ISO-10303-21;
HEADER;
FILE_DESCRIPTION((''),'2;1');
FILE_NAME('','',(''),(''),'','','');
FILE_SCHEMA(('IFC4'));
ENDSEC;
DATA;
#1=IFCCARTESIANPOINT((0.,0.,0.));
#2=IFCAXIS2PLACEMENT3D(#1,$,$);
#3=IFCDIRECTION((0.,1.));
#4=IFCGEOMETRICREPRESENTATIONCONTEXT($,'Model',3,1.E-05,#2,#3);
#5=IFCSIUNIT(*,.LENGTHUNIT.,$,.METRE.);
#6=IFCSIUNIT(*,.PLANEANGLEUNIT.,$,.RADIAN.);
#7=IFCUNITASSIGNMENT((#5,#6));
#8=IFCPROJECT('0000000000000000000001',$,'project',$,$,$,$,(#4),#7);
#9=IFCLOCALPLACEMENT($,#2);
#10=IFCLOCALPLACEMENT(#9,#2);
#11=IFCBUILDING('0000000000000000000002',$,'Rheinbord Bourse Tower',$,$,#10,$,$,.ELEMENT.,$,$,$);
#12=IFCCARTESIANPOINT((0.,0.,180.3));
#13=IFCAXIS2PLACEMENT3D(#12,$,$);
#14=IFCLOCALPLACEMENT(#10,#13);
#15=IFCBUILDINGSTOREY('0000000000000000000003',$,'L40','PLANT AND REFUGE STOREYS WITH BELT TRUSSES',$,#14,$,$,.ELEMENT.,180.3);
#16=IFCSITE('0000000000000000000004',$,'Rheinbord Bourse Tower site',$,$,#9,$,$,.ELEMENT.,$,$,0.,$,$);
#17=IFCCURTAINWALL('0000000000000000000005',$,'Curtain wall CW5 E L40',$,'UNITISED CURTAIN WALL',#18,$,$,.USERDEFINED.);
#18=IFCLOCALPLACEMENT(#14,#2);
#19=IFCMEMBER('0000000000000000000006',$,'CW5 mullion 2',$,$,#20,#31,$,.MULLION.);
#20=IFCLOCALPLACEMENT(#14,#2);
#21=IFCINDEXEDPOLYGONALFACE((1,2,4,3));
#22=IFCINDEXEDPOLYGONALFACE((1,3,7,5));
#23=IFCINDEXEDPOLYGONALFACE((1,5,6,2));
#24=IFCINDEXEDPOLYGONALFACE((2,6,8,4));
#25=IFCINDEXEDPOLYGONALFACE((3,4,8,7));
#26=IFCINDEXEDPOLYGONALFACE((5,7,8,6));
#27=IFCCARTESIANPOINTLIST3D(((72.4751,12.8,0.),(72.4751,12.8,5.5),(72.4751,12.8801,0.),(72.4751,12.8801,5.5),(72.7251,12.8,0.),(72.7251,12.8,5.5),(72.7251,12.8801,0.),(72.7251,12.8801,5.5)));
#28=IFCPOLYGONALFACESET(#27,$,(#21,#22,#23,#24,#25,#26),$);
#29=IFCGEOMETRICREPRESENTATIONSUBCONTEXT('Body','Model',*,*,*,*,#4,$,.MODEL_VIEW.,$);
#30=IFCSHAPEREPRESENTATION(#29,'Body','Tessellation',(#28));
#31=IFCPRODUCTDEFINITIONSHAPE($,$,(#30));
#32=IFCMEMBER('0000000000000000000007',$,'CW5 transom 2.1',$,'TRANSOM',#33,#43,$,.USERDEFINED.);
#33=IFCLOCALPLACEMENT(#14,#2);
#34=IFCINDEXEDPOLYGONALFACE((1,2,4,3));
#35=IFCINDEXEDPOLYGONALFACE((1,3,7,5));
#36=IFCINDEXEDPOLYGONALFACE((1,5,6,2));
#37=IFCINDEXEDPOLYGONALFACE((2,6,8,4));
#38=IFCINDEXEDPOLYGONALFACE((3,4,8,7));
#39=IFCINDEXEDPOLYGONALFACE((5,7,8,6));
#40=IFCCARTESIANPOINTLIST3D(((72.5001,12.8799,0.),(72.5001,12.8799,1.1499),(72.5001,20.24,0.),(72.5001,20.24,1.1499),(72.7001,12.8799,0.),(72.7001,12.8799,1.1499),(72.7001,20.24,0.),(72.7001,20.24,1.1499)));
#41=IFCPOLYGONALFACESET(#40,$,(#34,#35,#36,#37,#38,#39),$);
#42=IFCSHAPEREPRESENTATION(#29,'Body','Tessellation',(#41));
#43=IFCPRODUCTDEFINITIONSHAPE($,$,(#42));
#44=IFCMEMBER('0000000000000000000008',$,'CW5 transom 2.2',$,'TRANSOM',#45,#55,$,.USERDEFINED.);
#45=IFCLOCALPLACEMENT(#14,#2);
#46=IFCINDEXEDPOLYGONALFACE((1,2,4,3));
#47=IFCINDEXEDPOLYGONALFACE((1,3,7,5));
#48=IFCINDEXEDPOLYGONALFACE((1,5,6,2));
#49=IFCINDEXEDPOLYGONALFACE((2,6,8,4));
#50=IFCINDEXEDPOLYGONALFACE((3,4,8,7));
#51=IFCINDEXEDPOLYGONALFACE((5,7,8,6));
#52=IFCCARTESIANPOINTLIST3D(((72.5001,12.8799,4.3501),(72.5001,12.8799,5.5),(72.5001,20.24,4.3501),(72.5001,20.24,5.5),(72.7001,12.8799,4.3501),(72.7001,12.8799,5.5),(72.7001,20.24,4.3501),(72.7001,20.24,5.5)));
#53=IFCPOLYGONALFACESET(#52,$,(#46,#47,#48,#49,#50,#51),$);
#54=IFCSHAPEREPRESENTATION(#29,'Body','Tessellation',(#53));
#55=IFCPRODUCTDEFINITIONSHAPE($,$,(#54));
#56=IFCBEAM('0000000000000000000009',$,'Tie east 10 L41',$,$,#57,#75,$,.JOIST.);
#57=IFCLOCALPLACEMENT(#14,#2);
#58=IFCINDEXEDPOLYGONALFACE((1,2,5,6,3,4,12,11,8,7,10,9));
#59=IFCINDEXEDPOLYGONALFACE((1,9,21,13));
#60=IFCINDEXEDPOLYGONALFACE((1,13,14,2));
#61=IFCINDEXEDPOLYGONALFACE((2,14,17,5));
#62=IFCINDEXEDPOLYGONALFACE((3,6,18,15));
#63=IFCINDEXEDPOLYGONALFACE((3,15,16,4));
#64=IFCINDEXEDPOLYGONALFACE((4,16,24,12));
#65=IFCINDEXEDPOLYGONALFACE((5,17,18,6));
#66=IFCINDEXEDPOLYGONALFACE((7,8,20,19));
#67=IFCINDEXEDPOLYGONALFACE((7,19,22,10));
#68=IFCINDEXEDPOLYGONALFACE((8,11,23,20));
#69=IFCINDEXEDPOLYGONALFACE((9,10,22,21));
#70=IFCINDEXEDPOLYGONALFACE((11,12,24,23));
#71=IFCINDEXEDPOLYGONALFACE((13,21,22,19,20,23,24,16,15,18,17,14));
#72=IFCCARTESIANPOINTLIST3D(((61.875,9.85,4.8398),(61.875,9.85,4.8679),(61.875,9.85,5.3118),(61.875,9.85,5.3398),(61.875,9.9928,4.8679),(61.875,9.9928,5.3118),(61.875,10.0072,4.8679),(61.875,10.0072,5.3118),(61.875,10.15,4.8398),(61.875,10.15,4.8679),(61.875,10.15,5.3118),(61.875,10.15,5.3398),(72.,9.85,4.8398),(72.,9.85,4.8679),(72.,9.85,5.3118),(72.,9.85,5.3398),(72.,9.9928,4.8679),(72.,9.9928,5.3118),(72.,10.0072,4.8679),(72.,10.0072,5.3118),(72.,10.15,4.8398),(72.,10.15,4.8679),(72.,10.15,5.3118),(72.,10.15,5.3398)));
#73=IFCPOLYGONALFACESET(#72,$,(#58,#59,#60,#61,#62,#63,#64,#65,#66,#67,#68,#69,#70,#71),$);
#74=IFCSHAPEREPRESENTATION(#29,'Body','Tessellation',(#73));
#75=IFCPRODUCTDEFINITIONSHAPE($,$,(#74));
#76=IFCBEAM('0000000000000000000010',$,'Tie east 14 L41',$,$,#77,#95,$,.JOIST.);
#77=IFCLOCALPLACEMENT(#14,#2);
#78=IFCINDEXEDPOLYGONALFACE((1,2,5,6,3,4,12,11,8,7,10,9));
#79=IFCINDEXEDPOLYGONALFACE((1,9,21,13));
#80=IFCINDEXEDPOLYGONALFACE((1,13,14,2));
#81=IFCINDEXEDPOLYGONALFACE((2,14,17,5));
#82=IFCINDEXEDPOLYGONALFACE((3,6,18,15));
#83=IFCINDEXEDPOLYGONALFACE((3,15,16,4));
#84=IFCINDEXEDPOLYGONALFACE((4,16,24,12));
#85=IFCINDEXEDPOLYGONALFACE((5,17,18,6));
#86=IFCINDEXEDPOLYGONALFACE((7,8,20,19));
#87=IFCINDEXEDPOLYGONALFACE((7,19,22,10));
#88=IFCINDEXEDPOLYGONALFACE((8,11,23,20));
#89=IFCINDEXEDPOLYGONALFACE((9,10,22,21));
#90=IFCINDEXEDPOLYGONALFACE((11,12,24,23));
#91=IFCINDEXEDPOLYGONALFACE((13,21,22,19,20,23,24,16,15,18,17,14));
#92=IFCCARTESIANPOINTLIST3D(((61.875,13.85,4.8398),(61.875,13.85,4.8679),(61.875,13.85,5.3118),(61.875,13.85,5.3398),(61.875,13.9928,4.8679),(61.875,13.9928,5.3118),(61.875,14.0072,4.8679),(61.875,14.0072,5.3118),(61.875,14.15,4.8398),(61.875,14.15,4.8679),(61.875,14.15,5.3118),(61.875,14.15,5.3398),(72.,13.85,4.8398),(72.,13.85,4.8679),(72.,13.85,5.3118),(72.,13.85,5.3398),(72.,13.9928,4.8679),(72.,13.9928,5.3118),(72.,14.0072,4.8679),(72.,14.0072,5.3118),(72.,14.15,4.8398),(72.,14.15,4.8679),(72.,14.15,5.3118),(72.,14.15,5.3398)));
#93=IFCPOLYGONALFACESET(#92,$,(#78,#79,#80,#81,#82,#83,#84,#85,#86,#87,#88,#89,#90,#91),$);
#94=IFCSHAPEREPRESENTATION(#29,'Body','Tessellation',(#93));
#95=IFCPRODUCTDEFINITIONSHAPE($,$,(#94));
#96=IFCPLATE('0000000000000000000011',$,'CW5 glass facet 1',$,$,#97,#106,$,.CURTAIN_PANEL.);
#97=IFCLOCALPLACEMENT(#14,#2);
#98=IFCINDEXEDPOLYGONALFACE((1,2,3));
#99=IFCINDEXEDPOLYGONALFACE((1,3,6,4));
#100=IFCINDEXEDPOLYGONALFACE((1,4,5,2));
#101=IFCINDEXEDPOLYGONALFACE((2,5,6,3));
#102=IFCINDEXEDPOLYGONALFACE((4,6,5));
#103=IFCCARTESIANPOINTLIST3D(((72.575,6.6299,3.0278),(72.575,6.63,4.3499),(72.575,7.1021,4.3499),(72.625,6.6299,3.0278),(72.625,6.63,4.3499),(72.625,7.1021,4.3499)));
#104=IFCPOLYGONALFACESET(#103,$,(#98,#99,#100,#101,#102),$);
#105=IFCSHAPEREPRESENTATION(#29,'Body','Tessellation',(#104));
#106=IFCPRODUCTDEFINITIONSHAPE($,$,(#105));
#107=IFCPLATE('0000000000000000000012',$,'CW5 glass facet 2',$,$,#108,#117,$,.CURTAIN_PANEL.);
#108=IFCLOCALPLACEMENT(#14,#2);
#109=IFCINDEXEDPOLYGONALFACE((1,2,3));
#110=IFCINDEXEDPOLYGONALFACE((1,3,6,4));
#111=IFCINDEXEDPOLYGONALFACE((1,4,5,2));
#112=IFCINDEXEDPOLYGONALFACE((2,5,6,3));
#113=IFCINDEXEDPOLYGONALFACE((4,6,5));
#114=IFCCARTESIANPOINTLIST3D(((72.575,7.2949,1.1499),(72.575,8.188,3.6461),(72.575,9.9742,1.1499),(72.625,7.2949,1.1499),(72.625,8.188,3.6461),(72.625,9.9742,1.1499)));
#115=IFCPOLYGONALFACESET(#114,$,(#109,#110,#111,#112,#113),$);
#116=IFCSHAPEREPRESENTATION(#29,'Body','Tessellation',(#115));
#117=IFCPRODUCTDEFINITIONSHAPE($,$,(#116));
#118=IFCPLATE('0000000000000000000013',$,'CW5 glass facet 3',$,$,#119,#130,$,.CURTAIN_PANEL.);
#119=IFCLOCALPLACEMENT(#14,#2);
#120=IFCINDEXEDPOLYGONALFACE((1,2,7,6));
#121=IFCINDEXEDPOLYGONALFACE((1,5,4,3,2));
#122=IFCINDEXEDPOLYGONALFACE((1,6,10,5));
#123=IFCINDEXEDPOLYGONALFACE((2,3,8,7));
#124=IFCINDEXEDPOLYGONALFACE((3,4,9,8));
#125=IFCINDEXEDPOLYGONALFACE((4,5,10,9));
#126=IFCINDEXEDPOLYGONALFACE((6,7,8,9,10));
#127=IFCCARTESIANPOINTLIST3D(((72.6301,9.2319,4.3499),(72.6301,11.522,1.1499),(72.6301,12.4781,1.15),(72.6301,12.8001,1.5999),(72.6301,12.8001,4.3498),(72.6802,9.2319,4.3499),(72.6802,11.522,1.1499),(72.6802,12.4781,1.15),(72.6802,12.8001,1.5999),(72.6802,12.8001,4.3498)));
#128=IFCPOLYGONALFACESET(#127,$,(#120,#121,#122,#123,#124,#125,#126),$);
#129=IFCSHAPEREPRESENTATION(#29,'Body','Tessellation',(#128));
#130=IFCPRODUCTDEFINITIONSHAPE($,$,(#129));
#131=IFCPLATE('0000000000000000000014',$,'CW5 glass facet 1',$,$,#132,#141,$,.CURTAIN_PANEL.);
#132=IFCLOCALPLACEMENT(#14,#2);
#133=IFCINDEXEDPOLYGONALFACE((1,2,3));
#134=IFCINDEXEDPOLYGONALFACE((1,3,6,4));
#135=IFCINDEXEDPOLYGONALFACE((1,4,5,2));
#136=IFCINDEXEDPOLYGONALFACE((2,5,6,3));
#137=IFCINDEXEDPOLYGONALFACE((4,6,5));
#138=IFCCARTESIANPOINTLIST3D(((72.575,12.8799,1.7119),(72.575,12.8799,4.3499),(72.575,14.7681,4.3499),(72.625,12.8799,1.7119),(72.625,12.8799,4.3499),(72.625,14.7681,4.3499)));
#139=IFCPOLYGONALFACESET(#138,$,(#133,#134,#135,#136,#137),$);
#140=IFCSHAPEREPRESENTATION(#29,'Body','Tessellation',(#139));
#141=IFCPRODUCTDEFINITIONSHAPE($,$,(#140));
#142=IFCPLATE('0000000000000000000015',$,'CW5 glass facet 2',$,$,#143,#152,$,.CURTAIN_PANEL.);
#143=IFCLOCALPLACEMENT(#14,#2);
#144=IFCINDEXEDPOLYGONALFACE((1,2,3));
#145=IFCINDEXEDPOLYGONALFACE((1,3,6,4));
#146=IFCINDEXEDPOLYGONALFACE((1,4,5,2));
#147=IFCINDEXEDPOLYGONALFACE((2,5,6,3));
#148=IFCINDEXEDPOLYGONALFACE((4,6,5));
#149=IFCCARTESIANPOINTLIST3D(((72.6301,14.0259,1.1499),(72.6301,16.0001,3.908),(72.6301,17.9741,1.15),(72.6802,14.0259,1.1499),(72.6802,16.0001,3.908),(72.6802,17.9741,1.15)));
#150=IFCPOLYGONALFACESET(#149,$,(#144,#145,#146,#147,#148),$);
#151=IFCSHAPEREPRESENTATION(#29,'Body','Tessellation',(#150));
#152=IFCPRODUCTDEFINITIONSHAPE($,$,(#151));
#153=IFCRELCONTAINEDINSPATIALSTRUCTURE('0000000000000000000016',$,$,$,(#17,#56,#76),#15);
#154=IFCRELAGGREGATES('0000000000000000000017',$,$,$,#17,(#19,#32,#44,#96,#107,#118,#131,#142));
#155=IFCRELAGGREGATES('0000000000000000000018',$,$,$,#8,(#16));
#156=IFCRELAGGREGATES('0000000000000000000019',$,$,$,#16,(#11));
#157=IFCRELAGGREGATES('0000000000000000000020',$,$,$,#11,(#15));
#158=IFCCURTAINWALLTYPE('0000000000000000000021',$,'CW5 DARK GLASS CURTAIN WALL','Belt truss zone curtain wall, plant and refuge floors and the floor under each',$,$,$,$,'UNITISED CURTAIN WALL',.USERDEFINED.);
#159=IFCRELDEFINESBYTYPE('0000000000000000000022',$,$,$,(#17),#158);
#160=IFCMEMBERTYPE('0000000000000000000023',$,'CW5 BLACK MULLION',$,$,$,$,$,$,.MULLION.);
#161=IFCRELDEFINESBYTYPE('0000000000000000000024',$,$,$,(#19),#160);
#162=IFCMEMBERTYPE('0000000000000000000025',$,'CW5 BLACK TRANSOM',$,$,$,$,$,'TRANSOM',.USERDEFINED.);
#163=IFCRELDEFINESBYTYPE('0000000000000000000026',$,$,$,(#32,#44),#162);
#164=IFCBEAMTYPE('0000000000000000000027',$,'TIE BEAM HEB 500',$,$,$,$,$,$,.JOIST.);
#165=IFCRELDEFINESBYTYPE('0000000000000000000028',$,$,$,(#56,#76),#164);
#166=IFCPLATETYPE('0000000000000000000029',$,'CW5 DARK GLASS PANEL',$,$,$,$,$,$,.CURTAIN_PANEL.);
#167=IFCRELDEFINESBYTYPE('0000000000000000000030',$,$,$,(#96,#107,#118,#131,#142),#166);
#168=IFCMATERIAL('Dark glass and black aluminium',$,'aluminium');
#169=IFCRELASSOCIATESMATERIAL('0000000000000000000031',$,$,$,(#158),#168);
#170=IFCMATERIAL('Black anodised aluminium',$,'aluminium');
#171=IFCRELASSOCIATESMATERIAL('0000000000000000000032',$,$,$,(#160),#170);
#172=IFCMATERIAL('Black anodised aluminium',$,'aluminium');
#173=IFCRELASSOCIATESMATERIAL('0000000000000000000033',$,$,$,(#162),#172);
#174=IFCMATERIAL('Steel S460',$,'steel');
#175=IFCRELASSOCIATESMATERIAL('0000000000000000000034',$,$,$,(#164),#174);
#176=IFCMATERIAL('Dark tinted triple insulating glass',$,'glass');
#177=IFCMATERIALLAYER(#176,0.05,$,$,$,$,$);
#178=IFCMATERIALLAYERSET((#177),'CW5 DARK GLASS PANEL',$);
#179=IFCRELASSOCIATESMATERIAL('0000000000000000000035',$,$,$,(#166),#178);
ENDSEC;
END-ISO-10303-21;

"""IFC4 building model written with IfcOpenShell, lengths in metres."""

from ifc_helpers import new_model, si_unit, direction, frame, origin, origin_2d, place, context, subcontext, project, spatial, polyline, rectangle, i_section, outline, extrude, material, layer, layer_set, material_profile, profile_set, type_object, element, aggregate, save


model = new_model("IFC4")

# Units and contexts
model_context = context("Model", 3, precision=1e-05, world=origin(), true_north=direction((0.0, 1.0)))
body_context = subcontext(model_context, "Body", "Model", "MODEL_VIEW")
ifc_project = project(units=[si_unit("LENGTHUNIT", "METRE"), si_unit("PLANEANGLEUNIT", "RADIAN")], contexts=[model_context])

# Site, building, storey
site_placement = place(None, origin())
site = spatial("IfcSite", under=ifc_project, at=site_placement, Name="Rheinbord Bourse Tower site", CompositionType="ELEMENT", RefElevation=0.0)
building_placement = place(site_placement, origin())
building = spatial("IfcBuilding", under=site, at=building_placement, Name="Rheinbord Bourse Tower", CompositionType="ELEMENT")
storey_placement = place(building_placement, frame((0.0, 0.0, 180.3)))
storey = spatial("IfcBuildingStorey", under=building, at=storey_placement, Name="L40", Description="PLANT AND REFUGE STOREYS WITH BELT TRUSSES", CompositionType="ELEMENT", Elevation=180.3)

# Curtain wall, members
ifc_material_1 = material(Name="Dark glass and black aluminium", Category="aluminium")
curtain_wall_type = type_object("IfcCurtainWallType", Name="CW5 DARK GLASS CURTAIN WALL", Description="Belt truss zone curtain wall, plant and refuge floors and the floor under each", ElementType="UNITISED CURTAIN WALL", PredefinedType="USERDEFINED", material=ifc_material_1)
curtain_wall_placement = place(storey_placement, origin())
curtain_wall = element("IfcCurtainWall", 1, at=curtain_wall_placement, inside=storey, type_object=curtain_wall_type, Name="Curtain wall CW5 E L40", ObjectType="UNITISED CURTAIN WALL", PredefinedType="USERDEFINED")
ifc_material_2 = material(Name="Black anodised aluminium", Category="aluminium")
ifc_material_profile_1 = material_profile(ifc_material_2, rectangle(XDim=0.25, YDim=0.0801, at=origin_2d()), Name="CW5 MULLION 80x250")
ifc_profile_set_1 = profile_set([ifc_material_profile_1], Name="Black anodised aluminium")
member_type_1 = type_object("IfcMemberType", Name="CW5 BLACK MULLION", PredefinedType="MULLION", material=ifc_profile_set_1)
member_1_placement = place(storey_placement, frame((72.6001, 12.8401, 0.0), z_axis=(0.0, 0.0, 1.0), x_axis=(-1.0, 0.0, 0.0)))
member_1 = element("IfcMember", 2, at=member_1_placement, type_object=member_type_1, Name="CW5 mullion 2", PredefinedType="MULLION", context=body_context, shape_type="SweptSolid", body=[
    extrude(rectangle(XDim=0.25, YDim=0.0801, at=origin_2d()), origin(), (0.0, 0.0, 1.0), 5.5),
])
ifc_material_3 = material(Name="Black anodised aluminium", Category="aluminium")
ifc_material_profile_2 = material_profile(ifc_material_3, rectangle(XDim=0.2, YDim=1.1499, at=origin_2d()), Name="CW5 TRANSOM 1150x200")
ifc_profile_set_2 = profile_set([ifc_material_profile_2], Name="Black anodised aluminium")
member_type_2 = type_object("IfcMemberType", Name="CW5 BLACK TRANSOM", ElementType="TRANSOM", PredefinedType="USERDEFINED", material=ifc_profile_set_2)
member_2_placement = place(storey_placement, frame((72.6001, 12.8799, 0.575), z_axis=(0.0, 1.0, 0.0), x_axis=(-1.0, 0.0, 0.0)))
member_2 = element("IfcMember", 3, at=member_2_placement, type_object=member_type_2, Name="CW5 transom 2.1", ObjectType="TRANSOM", PredefinedType="USERDEFINED", context=body_context, shape_type="SweptSolid", body=[
    extrude(rectangle(XDim=0.2, YDim=1.1499, at=origin_2d()), origin(), (0.0, 0.0, 1.0), 7.3601),
])
member_3_placement = place(storey_placement, frame((72.6001, 12.8799, 4.925), z_axis=(0.0, 1.0, 0.0), x_axis=(-1.0, 0.0, 0.0)))
member_3 = element("IfcMember", 4, at=member_3_placement, type_object=member_type_2, Name="CW5 transom 2.2", ObjectType="TRANSOM", PredefinedType="USERDEFINED", context=body_context, shape_type="SweptSolid", body=[
    extrude(rectangle(XDim=0.2, YDim=1.1499, at=origin_2d()), origin(), (0.0, 0.0, 1.0), 7.3601),
])

# Beams
ifc_material_4 = material(Name="Steel S460", Category="steel")
ifc_material_profile_3 = material_profile(ifc_material_4, i_section(OverallWidth=0.3, OverallDepth=0.5, WebThickness=0.0144, FlangeThickness=0.0281, at=origin_2d()), Name="HEB 500")
ifc_profile_set_3 = profile_set([ifc_material_profile_3], Name="Steel S460")
beam_type_1 = type_object("IfcBeamType", Name="TIE BEAM HEB 500", PredefinedType="JOIST", material=ifc_profile_set_3)
for number, where, z_axis, x_axis, name in (
    (5, (61.875, 10.0, 5.0898), (1.0, 0.0, 0.0), (0.0, 1.0, 0.0), "Tie east 10 L41"),
    (6, (61.875, 14.0, 5.0898), (1.0, 0.0, 0.0), (0.0, 1.0, 0.0), "Tie east 14 L41"),
):
    element("IfcBeam", number, at=place(storey_placement, frame(where, z_axis=z_axis, x_axis=x_axis)), inside=storey, type_object=beam_type_1, Name=name, PredefinedType="JOIST", context=body_context, shape_type="SweptSolid", body=[
        extrude(i_section(OverallWidth=0.3, OverallDepth=0.5, WebThickness=0.0144, FlangeThickness=0.0281, at=origin_2d()), origin(), (0.0, 0.0, 1.0), 10.125),
    ])

# Plates
ifc_material_5 = material(Name="Dark tinted triple insulating glass", Category="glass")
ifc_layer = layer(ifc_material_5, 0.05)
ifc_layer_set = layer_set([ifc_layer], Name="CW5 DARK GLASS PANEL")
plate_type = type_object("IfcPlateType", Name="CW5 DARK GLASS PANEL", PredefinedType="CURTAIN_PANEL", material=ifc_layer_set)
plate_1_placement = place(storey_placement, frame((72.625, 7.1021, 4.3499), z_axis=(-1.0, 0.0, 0.0), x_axis=(0.0, -0.336347, -0.941738)))
plate_1 = element("IfcPlate", 7, at=plate_1_placement, type_object=plate_type, Name="CW5 glass facet 1", PredefinedType="CURTAIN_PANEL", context=body_context, shape_type="SweptSolid", body=[
    extrude(outline(polyline([(0.0, 0.0), (1.4038, 0.0), (0.1587, 0.4446), (0.0, 0.0)])), origin(), (0.0, 0.0, 1.0), 0.05),
])
plate_2_placement = place(storey_placement, frame((72.625, 7.2949, 1.1499), z_axis=(-1.0, 0.0, 0.0), x_axis=(0.0, 0.336873, 0.94155)))
plate_2 = element("IfcPlate", 8, at=plate_2_placement, type_object=plate_type, Name="CW5 glass facet 2", PredefinedType="CURTAIN_PANEL", context=body_context, shape_type="SweptSolid", body=[
    extrude(outline(polyline([(0.0, 0.0), (2.6511, 0.0), (0.9026, 2.5227), (0.0, 0.0)])), origin(), (0.0, 0.0, 1.0), 0.05),
])
plate_3_placement = place(storey_placement, frame((72.6802, 11.522, 1.1499), z_axis=(-1.0, 0.0, 0.0), x_axis=(0.0, -0.581972, 0.813209)))
plate_3 = element("IfcPlate", 9, at=plate_3_placement, type_object=plate_type, Name="CW5 glass facet 3", PredefinedType="CURTAIN_PANEL", context=body_context, shape_type="SweptSolid", body=[
    extrude(outline(polyline([(0.0, 0.0), (3.9351, 0.0), (1.8584, 2.9016), (-0.3779, 1.3013), (-0.5564, 0.7776), (0.0, 0.0)])), origin(), (0.0, 0.0, 1.0), 0.05),
])
plate_4_placement = place(storey_placement, frame((72.625, 12.8799, 4.3499), z_axis=(-1.0, 0.0, 0.0), x_axis=(0.0, 1.0, 0.0)))
plate_4 = element("IfcPlate", 10, at=plate_4_placement, type_object=plate_type, Name="CW5 glass facet 1", PredefinedType="CURTAIN_PANEL", context=body_context, shape_type="SweptSolid", body=[
    extrude(outline(polyline([(0.0, 0.0), (1.8882, 0.0), (0.0, 2.6379), (0.0, 0.0)])), origin(), (0.0, 0.0, 1.0), 0.05),
])
plate_5_placement = place(storey_placement, frame((72.6802, 14.0259, 1.1499), z_axis=(-1.0, 0.0, 0.0), x_axis=(0.0, 0.582035, 0.813164)))
plate_5 = element("IfcPlate", 11, at=plate_5_placement, type_object=plate_type, Name="CW5 glass facet 2", PredefinedType="CURTAIN_PANEL", context=body_context, shape_type="SweptSolid", body=[
    extrude(outline(polyline([(0.0, 0.0), (3.3918, 0.0), (2.2981, 3.2104), (0.0, 0.0)])), origin(), (0.0, 0.0, 1.0), 0.05),
])
aggregate(curtain_wall, [member_1, member_2, member_3, plate_1, plate_2, plate_3, plate_4, plate_5])

save(model, "model.ifc")
